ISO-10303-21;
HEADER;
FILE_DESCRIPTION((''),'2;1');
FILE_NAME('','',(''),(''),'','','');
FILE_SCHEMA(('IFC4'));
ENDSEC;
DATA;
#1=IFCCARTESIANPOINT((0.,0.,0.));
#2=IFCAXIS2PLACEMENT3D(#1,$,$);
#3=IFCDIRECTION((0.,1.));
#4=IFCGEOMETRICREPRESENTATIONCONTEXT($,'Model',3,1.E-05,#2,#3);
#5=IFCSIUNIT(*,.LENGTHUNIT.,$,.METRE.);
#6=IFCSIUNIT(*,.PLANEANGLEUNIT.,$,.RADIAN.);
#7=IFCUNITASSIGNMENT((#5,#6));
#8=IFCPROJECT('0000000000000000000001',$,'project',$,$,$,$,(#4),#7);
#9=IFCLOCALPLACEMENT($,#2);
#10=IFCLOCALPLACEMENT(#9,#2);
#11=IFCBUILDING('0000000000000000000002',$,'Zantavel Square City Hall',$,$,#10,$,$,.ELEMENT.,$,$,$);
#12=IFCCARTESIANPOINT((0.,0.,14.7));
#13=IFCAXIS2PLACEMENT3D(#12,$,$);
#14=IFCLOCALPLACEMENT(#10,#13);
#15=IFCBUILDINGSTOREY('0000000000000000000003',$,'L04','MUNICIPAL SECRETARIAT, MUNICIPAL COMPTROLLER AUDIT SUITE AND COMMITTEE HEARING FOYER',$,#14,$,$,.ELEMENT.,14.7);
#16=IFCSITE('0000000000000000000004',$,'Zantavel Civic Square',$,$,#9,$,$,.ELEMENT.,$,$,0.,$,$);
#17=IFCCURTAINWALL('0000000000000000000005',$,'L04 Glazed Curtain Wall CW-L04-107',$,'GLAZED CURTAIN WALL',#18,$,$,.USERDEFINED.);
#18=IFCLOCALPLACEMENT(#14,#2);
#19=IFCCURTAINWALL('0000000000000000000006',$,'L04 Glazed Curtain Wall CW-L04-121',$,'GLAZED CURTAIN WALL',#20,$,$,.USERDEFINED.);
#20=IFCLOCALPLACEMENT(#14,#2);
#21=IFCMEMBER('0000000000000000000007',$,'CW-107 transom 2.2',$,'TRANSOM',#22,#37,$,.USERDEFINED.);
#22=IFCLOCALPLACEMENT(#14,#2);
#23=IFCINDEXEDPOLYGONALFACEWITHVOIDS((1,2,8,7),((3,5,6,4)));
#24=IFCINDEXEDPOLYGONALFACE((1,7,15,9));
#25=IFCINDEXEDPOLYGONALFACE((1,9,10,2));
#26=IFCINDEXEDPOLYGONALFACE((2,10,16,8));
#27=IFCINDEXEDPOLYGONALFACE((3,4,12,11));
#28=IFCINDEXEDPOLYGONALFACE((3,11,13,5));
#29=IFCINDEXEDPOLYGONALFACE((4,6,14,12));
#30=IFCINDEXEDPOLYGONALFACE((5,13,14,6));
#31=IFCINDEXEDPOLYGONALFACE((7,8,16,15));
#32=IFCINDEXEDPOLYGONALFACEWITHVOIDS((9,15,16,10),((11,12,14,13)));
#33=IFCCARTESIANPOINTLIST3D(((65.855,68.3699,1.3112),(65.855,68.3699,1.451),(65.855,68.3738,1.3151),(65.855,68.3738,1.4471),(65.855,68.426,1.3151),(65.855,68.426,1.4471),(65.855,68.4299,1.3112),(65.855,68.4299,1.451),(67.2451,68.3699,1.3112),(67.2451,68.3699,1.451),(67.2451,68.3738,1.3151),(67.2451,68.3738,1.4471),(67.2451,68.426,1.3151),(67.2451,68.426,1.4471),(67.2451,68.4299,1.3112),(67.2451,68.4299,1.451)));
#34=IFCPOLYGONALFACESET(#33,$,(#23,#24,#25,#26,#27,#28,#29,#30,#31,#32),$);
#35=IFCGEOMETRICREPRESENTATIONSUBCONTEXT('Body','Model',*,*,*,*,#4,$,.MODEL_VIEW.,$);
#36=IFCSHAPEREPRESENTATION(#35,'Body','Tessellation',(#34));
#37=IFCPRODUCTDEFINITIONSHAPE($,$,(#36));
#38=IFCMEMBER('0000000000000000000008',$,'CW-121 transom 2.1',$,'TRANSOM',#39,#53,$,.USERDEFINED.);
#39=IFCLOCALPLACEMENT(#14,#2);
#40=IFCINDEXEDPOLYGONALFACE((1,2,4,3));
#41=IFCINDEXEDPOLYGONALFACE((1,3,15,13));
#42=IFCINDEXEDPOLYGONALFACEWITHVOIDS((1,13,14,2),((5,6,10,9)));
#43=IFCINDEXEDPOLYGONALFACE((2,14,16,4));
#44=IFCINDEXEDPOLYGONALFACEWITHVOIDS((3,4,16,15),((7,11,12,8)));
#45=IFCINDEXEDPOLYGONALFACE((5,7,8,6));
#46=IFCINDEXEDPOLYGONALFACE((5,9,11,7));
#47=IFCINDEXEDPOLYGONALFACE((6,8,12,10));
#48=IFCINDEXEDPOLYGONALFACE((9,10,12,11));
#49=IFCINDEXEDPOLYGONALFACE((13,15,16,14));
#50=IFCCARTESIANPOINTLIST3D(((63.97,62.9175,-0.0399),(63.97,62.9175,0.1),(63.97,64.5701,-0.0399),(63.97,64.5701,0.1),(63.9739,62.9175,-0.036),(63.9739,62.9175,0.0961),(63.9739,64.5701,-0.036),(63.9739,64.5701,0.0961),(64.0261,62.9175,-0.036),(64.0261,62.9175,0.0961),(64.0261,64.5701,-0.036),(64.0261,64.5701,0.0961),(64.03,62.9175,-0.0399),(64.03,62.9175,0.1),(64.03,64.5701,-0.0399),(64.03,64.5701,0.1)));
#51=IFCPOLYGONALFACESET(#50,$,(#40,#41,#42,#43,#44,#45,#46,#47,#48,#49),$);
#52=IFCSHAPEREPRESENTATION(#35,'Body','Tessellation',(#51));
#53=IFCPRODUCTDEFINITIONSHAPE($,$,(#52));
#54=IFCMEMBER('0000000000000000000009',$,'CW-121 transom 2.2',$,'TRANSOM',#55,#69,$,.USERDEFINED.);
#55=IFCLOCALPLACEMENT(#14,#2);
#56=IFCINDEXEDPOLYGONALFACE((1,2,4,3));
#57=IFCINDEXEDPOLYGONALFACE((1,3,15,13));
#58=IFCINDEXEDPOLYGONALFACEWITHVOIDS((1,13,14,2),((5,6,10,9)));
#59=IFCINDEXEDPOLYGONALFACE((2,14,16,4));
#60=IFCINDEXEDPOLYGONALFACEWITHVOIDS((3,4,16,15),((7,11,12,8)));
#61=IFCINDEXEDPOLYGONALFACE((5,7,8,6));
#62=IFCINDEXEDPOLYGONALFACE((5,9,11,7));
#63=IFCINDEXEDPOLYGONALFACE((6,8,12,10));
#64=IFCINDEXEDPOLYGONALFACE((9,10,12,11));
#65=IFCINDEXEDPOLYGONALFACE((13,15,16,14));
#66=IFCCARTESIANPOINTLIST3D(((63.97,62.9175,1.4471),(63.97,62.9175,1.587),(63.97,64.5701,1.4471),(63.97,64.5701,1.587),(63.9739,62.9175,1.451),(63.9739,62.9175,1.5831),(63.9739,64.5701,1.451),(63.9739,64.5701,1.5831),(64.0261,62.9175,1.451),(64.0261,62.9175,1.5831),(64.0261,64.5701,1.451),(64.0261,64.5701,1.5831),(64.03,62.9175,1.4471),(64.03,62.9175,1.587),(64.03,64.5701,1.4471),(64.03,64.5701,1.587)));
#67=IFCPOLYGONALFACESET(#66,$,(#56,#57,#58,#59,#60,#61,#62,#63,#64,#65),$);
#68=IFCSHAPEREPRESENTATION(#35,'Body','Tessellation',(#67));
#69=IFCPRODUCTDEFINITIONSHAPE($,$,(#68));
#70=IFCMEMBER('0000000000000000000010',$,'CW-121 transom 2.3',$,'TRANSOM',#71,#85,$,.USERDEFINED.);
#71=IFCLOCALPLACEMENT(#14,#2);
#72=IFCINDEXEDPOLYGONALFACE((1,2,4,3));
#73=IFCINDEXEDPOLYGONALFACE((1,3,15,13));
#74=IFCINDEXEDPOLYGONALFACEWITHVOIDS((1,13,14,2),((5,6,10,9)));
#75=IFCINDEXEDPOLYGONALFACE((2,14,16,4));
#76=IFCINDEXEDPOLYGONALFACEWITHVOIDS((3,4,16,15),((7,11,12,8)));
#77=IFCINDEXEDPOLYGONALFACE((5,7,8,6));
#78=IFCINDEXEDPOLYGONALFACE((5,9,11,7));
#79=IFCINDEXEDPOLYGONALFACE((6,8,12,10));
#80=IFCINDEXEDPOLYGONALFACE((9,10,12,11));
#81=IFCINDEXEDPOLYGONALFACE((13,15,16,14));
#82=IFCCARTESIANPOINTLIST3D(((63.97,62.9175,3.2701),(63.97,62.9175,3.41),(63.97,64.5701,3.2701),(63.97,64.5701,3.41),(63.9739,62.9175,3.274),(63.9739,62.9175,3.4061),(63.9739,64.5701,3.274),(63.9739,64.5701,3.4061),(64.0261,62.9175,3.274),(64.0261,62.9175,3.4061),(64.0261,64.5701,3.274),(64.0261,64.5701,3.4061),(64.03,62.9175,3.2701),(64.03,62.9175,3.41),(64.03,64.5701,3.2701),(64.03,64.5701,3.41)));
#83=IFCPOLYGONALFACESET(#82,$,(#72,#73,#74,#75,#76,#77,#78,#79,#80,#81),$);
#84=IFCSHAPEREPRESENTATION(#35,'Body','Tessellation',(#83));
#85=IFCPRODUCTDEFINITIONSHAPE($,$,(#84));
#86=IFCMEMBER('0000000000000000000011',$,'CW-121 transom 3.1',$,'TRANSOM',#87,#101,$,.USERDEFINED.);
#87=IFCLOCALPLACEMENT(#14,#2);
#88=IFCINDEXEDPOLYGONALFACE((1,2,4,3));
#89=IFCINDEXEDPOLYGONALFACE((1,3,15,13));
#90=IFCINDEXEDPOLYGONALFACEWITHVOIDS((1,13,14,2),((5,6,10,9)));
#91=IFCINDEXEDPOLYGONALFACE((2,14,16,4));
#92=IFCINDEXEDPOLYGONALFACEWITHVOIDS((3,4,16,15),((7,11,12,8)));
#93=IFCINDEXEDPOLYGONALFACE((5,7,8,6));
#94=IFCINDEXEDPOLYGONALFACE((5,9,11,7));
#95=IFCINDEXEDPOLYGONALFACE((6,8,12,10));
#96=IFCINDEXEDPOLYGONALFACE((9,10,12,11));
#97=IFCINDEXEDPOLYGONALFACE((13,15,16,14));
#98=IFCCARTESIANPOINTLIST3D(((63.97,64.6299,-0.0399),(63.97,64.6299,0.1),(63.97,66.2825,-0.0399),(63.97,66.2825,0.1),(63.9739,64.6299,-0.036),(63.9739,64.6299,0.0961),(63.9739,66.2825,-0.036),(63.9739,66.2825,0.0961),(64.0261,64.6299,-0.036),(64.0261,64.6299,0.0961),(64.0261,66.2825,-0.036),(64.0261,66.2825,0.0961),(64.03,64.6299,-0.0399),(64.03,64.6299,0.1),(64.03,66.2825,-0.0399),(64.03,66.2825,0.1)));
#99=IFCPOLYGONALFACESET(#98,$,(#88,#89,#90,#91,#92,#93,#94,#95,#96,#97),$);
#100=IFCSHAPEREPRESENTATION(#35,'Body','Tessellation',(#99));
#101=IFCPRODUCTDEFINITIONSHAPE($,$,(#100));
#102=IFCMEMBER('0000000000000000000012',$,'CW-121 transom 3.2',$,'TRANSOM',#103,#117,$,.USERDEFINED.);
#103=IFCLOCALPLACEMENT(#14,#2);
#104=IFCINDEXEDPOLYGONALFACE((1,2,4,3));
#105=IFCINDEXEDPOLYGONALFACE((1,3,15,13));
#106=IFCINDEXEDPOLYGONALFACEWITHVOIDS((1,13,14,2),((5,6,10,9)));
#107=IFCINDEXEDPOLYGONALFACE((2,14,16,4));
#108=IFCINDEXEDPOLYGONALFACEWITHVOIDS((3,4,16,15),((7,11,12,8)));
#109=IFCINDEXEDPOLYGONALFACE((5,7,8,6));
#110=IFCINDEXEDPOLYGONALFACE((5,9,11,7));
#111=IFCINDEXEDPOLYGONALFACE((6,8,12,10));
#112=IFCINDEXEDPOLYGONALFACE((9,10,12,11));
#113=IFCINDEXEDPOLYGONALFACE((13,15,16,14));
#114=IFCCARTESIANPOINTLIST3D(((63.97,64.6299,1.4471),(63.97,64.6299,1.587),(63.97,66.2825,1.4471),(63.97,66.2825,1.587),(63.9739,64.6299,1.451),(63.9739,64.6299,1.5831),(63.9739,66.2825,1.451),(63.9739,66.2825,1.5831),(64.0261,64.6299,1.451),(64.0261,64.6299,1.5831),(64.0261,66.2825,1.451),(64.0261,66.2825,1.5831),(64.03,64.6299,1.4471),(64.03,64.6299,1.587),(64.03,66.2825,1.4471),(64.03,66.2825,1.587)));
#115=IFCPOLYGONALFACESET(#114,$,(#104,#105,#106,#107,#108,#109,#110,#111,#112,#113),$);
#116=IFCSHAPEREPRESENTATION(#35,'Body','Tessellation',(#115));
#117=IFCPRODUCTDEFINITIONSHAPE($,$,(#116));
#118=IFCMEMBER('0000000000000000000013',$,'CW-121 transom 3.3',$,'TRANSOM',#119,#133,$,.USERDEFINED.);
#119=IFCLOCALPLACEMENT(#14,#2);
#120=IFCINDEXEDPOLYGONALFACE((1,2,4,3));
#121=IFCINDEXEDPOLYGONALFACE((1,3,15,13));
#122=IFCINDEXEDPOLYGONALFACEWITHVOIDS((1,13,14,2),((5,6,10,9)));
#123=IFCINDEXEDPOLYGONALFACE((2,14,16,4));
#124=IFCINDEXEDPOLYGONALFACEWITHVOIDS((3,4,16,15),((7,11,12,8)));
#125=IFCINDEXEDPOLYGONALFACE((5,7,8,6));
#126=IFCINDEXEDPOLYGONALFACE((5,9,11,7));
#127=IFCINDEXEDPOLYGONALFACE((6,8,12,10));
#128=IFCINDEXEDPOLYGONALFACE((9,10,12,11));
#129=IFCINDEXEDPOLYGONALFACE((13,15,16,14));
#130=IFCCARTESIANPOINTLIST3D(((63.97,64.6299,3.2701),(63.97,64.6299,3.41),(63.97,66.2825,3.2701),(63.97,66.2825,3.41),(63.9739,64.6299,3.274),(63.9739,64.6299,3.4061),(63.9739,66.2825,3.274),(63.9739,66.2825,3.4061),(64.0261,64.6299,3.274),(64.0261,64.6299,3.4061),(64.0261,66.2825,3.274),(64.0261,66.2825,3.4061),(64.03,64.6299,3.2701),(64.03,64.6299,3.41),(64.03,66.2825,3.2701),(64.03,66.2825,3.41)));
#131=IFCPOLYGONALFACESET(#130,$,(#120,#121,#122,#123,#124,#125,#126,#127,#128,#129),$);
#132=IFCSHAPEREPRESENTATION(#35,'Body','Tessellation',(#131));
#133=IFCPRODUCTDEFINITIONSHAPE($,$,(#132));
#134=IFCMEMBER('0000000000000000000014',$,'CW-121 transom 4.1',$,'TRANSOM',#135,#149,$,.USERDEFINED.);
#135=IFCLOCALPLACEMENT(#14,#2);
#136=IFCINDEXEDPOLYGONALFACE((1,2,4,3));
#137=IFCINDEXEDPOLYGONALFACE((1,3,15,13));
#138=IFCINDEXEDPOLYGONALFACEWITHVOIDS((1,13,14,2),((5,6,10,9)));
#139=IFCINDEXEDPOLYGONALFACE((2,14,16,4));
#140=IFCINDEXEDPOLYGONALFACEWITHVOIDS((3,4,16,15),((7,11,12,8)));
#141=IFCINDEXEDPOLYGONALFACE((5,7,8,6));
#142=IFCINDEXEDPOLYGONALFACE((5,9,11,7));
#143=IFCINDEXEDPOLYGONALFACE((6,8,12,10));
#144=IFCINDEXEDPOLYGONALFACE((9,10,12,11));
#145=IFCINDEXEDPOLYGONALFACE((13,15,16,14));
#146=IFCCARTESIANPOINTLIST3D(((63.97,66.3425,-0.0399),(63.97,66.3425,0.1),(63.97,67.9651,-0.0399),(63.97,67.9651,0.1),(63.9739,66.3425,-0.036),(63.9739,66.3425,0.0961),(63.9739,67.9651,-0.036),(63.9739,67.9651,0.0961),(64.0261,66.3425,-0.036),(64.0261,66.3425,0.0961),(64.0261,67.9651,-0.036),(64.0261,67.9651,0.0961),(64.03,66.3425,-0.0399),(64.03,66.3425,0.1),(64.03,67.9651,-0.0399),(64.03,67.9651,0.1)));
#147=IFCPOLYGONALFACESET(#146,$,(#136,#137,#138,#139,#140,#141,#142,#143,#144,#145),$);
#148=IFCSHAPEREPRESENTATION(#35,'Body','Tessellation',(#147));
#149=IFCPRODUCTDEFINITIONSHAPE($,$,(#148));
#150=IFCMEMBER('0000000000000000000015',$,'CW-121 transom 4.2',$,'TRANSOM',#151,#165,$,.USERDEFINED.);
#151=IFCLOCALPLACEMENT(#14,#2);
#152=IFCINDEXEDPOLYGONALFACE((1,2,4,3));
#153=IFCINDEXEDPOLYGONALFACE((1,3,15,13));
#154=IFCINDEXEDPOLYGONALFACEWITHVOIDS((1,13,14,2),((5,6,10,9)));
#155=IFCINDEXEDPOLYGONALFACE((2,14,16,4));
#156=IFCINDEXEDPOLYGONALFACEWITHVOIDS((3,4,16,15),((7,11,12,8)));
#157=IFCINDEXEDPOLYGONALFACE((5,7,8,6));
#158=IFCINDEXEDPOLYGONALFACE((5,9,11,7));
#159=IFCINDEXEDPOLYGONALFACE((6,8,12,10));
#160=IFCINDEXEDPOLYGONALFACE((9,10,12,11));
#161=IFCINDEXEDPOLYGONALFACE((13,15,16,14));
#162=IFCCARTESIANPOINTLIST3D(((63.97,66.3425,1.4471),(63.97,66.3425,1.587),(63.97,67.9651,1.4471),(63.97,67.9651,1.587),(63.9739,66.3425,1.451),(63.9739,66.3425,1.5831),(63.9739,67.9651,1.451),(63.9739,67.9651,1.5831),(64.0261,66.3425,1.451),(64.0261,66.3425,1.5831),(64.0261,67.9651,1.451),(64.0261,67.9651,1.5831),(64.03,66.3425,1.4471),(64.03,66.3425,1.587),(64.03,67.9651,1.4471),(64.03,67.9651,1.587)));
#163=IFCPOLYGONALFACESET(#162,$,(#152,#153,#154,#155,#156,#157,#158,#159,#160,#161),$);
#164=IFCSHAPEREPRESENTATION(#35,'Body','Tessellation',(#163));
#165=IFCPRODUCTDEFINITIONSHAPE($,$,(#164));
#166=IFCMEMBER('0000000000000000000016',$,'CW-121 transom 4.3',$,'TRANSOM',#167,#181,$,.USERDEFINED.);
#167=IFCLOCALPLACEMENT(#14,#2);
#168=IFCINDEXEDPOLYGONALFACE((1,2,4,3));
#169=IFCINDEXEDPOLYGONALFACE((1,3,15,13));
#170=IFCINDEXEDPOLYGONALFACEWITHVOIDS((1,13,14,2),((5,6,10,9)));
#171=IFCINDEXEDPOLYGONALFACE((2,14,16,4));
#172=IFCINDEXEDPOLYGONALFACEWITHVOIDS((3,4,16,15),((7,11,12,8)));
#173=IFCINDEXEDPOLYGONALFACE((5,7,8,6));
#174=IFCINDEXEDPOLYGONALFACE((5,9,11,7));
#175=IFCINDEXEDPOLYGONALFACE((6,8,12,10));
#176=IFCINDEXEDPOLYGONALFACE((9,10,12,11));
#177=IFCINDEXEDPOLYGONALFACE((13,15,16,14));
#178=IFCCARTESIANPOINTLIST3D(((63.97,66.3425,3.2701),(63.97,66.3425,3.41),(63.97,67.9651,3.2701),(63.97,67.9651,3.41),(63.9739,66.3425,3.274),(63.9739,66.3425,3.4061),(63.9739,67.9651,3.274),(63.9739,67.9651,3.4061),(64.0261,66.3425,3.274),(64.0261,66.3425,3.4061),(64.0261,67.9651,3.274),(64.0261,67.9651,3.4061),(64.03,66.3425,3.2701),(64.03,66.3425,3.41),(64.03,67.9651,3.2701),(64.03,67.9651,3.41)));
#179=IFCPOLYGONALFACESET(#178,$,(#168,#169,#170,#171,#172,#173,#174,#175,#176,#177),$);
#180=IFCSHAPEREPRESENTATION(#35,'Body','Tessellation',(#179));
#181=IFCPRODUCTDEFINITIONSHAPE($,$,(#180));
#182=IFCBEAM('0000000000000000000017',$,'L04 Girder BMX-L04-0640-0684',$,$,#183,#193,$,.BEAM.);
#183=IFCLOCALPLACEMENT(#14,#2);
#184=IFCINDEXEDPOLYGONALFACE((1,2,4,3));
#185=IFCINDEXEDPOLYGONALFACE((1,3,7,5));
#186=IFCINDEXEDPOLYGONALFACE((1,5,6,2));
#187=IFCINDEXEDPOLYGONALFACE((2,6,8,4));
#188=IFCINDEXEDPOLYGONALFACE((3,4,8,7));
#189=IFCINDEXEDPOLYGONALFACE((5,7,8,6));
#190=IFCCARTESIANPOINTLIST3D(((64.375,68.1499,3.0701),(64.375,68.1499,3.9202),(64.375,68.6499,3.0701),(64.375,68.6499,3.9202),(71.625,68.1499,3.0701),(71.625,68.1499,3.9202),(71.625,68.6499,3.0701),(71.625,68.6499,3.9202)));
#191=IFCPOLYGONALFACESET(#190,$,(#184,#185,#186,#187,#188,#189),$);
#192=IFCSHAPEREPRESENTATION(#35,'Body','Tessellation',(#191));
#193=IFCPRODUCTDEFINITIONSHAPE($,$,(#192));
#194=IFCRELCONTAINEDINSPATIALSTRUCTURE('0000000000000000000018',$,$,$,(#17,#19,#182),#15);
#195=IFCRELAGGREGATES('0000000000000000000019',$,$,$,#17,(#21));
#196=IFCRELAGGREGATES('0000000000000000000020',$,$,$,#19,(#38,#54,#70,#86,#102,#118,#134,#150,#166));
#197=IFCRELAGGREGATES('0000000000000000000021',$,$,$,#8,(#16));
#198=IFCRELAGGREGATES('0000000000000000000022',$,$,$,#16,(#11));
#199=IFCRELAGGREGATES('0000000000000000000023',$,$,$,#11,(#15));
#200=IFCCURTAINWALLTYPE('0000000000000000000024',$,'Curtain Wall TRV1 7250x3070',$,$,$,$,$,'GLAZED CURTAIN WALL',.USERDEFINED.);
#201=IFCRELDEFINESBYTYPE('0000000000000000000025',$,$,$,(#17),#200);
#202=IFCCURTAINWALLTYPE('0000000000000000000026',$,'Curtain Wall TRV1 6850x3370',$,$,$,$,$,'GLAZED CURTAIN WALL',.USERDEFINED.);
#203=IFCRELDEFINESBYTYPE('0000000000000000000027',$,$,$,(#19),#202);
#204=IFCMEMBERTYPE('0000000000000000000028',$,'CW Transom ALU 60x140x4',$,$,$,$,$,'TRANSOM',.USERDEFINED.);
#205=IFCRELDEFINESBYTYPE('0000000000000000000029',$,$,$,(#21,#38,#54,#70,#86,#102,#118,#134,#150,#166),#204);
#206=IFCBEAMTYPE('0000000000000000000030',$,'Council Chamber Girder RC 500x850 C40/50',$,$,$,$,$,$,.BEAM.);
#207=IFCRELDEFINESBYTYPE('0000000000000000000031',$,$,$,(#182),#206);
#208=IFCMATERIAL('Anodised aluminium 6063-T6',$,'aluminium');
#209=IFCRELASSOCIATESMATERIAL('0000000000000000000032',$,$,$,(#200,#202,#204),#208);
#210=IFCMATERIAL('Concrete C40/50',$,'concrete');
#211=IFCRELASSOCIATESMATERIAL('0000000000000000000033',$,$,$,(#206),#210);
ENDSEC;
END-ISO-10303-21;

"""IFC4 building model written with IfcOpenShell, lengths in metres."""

from ifc_helpers import new_model, si_unit, direction, frame, origin, origin_2d, place, context, subcontext, project, spatial, rectangle, hollow_rectangle, extrude, material, material_profile, profile_set, type_object, element, aggregate, save


model = new_model("IFC4")

# Units and contexts
model_context = context("Model", 3, precision=1e-05, world=origin(), true_north=direction((0.0, 1.0)))
body_context = subcontext(model_context, "Body", "Model", "MODEL_VIEW")
ifc_project = project(units=[si_unit("LENGTHUNIT", "METRE"), si_unit("PLANEANGLEUNIT", "RADIAN")], contexts=[model_context])

# Site, building, storey
site_placement = place(None, origin())
site = spatial("IfcSite", under=ifc_project, at=site_placement, Name="Zantavel Civic Square", CompositionType="ELEMENT", RefElevation=0.0)
building_placement = place(site_placement, origin())
building = spatial("IfcBuilding", under=site, at=building_placement, Name="Zantavel Square City Hall", CompositionType="ELEMENT")
storey_placement = place(building_placement, frame((0.0, 0.0, 14.7)))
storey = spatial("IfcBuildingStorey", under=building, at=storey_placement, Name="L04", Description="MUNICIPAL SECRETARIAT, MUNICIPAL COMPTROLLER AUDIT SUITE AND COMMITTEE HEARING FOYER", CompositionType="ELEMENT", Elevation=14.7)

# Shared definitions
ifc_material_1 = material(Name="Concrete C40/50", Category="concrete")

# Curtain walls
ifc_material_2 = material(Name="Anodised aluminium 6063-T6", Category="aluminium")
curtain_wall_type_1 = type_object("IfcCurtainWallType", Name="Curtain Wall TRV1 7250x3070", ElementType="GLAZED CURTAIN WALL", PredefinedType="USERDEFINED", material=ifc_material_2)
curtain_wall_1_placement = place(storey_placement, origin())
curtain_wall_1 = element("IfcCurtainWall", 1, at=curtain_wall_1_placement, inside=storey, type_object=curtain_wall_type_1, Name="L04 Glazed Curtain Wall CW-L04-107", ObjectType="GLAZED CURTAIN WALL", PredefinedType="USERDEFINED")
curtain_wall_type_2 = type_object("IfcCurtainWallType", Name="Curtain Wall TRV1 6850x3370", ElementType="GLAZED CURTAIN WALL", PredefinedType="USERDEFINED", material=ifc_material_2)
curtain_wall_2_placement = place(storey_placement, origin())
curtain_wall_2 = element("IfcCurtainWall", 2, at=curtain_wall_2_placement, inside=storey, type_object=curtain_wall_type_2, Name="L04 Glazed Curtain Wall CW-L04-121", ObjectType="GLAZED CURTAIN WALL", PredefinedType="USERDEFINED")

# Members
ifc_material_profile_1 = material_profile(ifc_material_2, hollow_rectangle(XDim=0.0601, YDim=0.1399, WallThickness=0.0039, at=origin_2d()), Name="ALU 60x140x4")
ifc_profile_set_1 = profile_set([ifc_material_profile_1], Name="Anodised aluminium 6063-T6")
member_type_1 = type_object("IfcMemberType", Name="CW Transom ALU 60x140x4", ElementType="TRANSOM", PredefinedType="USERDEFINED", material=ifc_profile_set_1)
member_1_placement = place(storey_placement, frame((65.855, 68.3999, 1.3811), z_axis=(1.0, 0.0, 0.0), x_axis=(0.0, 1.0, 0.0)))
member_1 = element("IfcMember", 3, at=member_1_placement, type_object=member_type_1, Name="CW-107 transom 2.2", ObjectType="TRANSOM", PredefinedType="USERDEFINED", context=body_context, shape_type="SweptSolid", body=[
    extrude(hollow_rectangle(XDim=0.0601, YDim=0.1399, WallThickness=0.0039, at=origin_2d()), origin(), (0.0, 0.0, 1.0), 1.3901),
])
member_2_placement = place(storey_placement, frame((64.0, 62.9175, 0.03), z_axis=(0.0, 1.0, 0.0), x_axis=(-1.0, 0.0, 0.0)))
member_2 = element("IfcMember", 4, at=member_2_placement, type_object=member_type_1, Name="CW-121 transom 2.1", ObjectType="TRANSOM", PredefinedType="USERDEFINED", context=body_context, shape_type="SweptSolid", body=[
    extrude(hollow_rectangle(XDim=0.0601, YDim=0.1399, WallThickness=0.0039, at=origin_2d()), origin(), (0.0, 0.0, 1.0), 1.6526),
])
member_3_placement = place(storey_placement, frame((64.0, 62.9175, 1.5171), z_axis=(0.0, 1.0, 0.0), x_axis=(-1.0, 0.0, 0.0)))
member_3 = element("IfcMember", 5, at=member_3_placement, type_object=member_type_1, Name="CW-121 transom 2.2", ObjectType="TRANSOM", PredefinedType="USERDEFINED", context=body_context, shape_type="SweptSolid", body=[
    extrude(hollow_rectangle(XDim=0.0601, YDim=0.1399, WallThickness=0.0039, at=origin_2d()), origin(), (0.0, 0.0, 1.0), 1.6526),
])
member_4_placement = place(storey_placement, frame((64.0, 62.9175, 3.3401), z_axis=(0.0, 1.0, 0.0), x_axis=(-1.0, 0.0, 0.0)))
member_4 = element("IfcMember", 6, at=member_4_placement, type_object=member_type_1, Name="CW-121 transom 2.3", ObjectType="TRANSOM", PredefinedType="USERDEFINED", context=body_context, shape_type="SweptSolid", body=[
    extrude(hollow_rectangle(XDim=0.0601, YDim=0.1399, WallThickness=0.0039, at=origin_2d()), origin(), (0.0, 0.0, 1.0), 1.6526),
])
member_5_placement = place(storey_placement, frame((64.0, 64.6299, 0.03), z_axis=(0.0, 1.0, 0.0), x_axis=(-1.0, 0.0, 0.0)))
member_5 = element("IfcMember", 7, at=member_5_placement, type_object=member_type_1, Name="CW-121 transom 3.1", ObjectType="TRANSOM", PredefinedType="USERDEFINED", context=body_context, shape_type="SweptSolid", body=[
    extrude(hollow_rectangle(XDim=0.0601, YDim=0.1399, WallThickness=0.0039, at=origin_2d()), origin(), (0.0, 0.0, 1.0), 1.6526),
])
member_6_placement = place(storey_placement, frame((64.0, 64.6299, 1.5171), z_axis=(0.0, 1.0, 0.0), x_axis=(-1.0, 0.0, 0.0)))
member_6 = element("IfcMember", 8, at=member_6_placement, type_object=member_type_1, Name="CW-121 transom 3.2", ObjectType="TRANSOM", PredefinedType="USERDEFINED", context=body_context, shape_type="SweptSolid", body=[
    extrude(hollow_rectangle(XDim=0.0601, YDim=0.1399, WallThickness=0.0039, at=origin_2d()), origin(), (0.0, 0.0, 1.0), 1.6526),
])
member_7_placement = place(storey_placement, frame((64.0, 64.6299, 3.3401), z_axis=(0.0, 1.0, 0.0), x_axis=(-1.0, 0.0, 0.0)))
member_7 = element("IfcMember", 9, at=member_7_placement, type_object=member_type_1, Name="CW-121 transom 3.3", ObjectType="TRANSOM", PredefinedType="USERDEFINED", context=body_context, shape_type="SweptSolid", body=[
    extrude(hollow_rectangle(XDim=0.0601, YDim=0.1399, WallThickness=0.0039, at=origin_2d()), origin(), (0.0, 0.0, 1.0), 1.6526),
])
member_8_placement = place(storey_placement, frame((64.0, 66.3425, 0.03), z_axis=(0.0, 1.0, 0.0), x_axis=(-1.0, 0.0, 0.0)))
member_8 = element("IfcMember", 10, at=member_8_placement, type_object=member_type_1, Name="CW-121 transom 4.1", ObjectType="TRANSOM", PredefinedType="USERDEFINED", context=body_context, shape_type="SweptSolid", body=[
    extrude(hollow_rectangle(XDim=0.0601, YDim=0.1399, WallThickness=0.0039, at=origin_2d()), origin(), (0.0, 0.0, 1.0), 1.6226),
])
member_9_placement = place(storey_placement, frame((64.0, 66.3425, 1.5171), z_axis=(0.0, 1.0, 0.0), x_axis=(-1.0, 0.0, 0.0)))
member_9 = element("IfcMember", 11, at=member_9_placement, type_object=member_type_1, Name="CW-121 transom 4.2", ObjectType="TRANSOM", PredefinedType="USERDEFINED", context=body_context, shape_type="SweptSolid", body=[
    extrude(hollow_rectangle(XDim=0.0601, YDim=0.1399, WallThickness=0.0039, at=origin_2d()), origin(), (0.0, 0.0, 1.0), 1.6226),
])
member_10_placement = place(storey_placement, frame((64.0, 66.3425, 3.3401), z_axis=(0.0, 1.0, 0.0), x_axis=(-1.0, 0.0, 0.0)))
member_10 = element("IfcMember", 12, at=member_10_placement, type_object=member_type_1, Name="CW-121 transom 4.3", ObjectType="TRANSOM", PredefinedType="USERDEFINED", context=body_context, shape_type="SweptSolid", body=[
    extrude(hollow_rectangle(XDim=0.0601, YDim=0.1399, WallThickness=0.0039, at=origin_2d()), origin(), (0.0, 0.0, 1.0), 1.6226),
])

# Beam
ifc_material_profile_2 = material_profile(ifc_material_1, rectangle(XDim=0.5, YDim=0.8501, at=origin_2d()), Name="RC 500x850")
ifc_profile_set_2 = profile_set([ifc_material_profile_2], Name="Concrete C40/50")
beam_type_1 = type_object("IfcBeamType", Name="Council Chamber Girder RC 500x850 C40/50", PredefinedType="BEAM", material=ifc_profile_set_2)
beam_1_placement = place(storey_placement, frame((64.375, 68.3999, 3.4951), z_axis=(1.0, 0.0, 0.0), x_axis=(0.0, 1.0, 0.0)))
element("IfcBeam", 13, at=beam_1_placement, inside=storey, type_object=beam_type_1, Name="L04 Girder BMX-L04-0640-0684", PredefinedType="BEAM", context=body_context, shape_type="SweptSolid", body=[
    extrude(rectangle(XDim=0.5, YDim=0.8501, at=origin_2d()), origin(), (0.0, 0.0, 1.0), 7.25),
])

aggregate(curtain_wall_1, [member_1])
aggregate(curtain_wall_2, [member_2, member_3, member_4, member_5, member_6, member_7, member_8, member_9, member_10])

save(model, "model.ifc")
